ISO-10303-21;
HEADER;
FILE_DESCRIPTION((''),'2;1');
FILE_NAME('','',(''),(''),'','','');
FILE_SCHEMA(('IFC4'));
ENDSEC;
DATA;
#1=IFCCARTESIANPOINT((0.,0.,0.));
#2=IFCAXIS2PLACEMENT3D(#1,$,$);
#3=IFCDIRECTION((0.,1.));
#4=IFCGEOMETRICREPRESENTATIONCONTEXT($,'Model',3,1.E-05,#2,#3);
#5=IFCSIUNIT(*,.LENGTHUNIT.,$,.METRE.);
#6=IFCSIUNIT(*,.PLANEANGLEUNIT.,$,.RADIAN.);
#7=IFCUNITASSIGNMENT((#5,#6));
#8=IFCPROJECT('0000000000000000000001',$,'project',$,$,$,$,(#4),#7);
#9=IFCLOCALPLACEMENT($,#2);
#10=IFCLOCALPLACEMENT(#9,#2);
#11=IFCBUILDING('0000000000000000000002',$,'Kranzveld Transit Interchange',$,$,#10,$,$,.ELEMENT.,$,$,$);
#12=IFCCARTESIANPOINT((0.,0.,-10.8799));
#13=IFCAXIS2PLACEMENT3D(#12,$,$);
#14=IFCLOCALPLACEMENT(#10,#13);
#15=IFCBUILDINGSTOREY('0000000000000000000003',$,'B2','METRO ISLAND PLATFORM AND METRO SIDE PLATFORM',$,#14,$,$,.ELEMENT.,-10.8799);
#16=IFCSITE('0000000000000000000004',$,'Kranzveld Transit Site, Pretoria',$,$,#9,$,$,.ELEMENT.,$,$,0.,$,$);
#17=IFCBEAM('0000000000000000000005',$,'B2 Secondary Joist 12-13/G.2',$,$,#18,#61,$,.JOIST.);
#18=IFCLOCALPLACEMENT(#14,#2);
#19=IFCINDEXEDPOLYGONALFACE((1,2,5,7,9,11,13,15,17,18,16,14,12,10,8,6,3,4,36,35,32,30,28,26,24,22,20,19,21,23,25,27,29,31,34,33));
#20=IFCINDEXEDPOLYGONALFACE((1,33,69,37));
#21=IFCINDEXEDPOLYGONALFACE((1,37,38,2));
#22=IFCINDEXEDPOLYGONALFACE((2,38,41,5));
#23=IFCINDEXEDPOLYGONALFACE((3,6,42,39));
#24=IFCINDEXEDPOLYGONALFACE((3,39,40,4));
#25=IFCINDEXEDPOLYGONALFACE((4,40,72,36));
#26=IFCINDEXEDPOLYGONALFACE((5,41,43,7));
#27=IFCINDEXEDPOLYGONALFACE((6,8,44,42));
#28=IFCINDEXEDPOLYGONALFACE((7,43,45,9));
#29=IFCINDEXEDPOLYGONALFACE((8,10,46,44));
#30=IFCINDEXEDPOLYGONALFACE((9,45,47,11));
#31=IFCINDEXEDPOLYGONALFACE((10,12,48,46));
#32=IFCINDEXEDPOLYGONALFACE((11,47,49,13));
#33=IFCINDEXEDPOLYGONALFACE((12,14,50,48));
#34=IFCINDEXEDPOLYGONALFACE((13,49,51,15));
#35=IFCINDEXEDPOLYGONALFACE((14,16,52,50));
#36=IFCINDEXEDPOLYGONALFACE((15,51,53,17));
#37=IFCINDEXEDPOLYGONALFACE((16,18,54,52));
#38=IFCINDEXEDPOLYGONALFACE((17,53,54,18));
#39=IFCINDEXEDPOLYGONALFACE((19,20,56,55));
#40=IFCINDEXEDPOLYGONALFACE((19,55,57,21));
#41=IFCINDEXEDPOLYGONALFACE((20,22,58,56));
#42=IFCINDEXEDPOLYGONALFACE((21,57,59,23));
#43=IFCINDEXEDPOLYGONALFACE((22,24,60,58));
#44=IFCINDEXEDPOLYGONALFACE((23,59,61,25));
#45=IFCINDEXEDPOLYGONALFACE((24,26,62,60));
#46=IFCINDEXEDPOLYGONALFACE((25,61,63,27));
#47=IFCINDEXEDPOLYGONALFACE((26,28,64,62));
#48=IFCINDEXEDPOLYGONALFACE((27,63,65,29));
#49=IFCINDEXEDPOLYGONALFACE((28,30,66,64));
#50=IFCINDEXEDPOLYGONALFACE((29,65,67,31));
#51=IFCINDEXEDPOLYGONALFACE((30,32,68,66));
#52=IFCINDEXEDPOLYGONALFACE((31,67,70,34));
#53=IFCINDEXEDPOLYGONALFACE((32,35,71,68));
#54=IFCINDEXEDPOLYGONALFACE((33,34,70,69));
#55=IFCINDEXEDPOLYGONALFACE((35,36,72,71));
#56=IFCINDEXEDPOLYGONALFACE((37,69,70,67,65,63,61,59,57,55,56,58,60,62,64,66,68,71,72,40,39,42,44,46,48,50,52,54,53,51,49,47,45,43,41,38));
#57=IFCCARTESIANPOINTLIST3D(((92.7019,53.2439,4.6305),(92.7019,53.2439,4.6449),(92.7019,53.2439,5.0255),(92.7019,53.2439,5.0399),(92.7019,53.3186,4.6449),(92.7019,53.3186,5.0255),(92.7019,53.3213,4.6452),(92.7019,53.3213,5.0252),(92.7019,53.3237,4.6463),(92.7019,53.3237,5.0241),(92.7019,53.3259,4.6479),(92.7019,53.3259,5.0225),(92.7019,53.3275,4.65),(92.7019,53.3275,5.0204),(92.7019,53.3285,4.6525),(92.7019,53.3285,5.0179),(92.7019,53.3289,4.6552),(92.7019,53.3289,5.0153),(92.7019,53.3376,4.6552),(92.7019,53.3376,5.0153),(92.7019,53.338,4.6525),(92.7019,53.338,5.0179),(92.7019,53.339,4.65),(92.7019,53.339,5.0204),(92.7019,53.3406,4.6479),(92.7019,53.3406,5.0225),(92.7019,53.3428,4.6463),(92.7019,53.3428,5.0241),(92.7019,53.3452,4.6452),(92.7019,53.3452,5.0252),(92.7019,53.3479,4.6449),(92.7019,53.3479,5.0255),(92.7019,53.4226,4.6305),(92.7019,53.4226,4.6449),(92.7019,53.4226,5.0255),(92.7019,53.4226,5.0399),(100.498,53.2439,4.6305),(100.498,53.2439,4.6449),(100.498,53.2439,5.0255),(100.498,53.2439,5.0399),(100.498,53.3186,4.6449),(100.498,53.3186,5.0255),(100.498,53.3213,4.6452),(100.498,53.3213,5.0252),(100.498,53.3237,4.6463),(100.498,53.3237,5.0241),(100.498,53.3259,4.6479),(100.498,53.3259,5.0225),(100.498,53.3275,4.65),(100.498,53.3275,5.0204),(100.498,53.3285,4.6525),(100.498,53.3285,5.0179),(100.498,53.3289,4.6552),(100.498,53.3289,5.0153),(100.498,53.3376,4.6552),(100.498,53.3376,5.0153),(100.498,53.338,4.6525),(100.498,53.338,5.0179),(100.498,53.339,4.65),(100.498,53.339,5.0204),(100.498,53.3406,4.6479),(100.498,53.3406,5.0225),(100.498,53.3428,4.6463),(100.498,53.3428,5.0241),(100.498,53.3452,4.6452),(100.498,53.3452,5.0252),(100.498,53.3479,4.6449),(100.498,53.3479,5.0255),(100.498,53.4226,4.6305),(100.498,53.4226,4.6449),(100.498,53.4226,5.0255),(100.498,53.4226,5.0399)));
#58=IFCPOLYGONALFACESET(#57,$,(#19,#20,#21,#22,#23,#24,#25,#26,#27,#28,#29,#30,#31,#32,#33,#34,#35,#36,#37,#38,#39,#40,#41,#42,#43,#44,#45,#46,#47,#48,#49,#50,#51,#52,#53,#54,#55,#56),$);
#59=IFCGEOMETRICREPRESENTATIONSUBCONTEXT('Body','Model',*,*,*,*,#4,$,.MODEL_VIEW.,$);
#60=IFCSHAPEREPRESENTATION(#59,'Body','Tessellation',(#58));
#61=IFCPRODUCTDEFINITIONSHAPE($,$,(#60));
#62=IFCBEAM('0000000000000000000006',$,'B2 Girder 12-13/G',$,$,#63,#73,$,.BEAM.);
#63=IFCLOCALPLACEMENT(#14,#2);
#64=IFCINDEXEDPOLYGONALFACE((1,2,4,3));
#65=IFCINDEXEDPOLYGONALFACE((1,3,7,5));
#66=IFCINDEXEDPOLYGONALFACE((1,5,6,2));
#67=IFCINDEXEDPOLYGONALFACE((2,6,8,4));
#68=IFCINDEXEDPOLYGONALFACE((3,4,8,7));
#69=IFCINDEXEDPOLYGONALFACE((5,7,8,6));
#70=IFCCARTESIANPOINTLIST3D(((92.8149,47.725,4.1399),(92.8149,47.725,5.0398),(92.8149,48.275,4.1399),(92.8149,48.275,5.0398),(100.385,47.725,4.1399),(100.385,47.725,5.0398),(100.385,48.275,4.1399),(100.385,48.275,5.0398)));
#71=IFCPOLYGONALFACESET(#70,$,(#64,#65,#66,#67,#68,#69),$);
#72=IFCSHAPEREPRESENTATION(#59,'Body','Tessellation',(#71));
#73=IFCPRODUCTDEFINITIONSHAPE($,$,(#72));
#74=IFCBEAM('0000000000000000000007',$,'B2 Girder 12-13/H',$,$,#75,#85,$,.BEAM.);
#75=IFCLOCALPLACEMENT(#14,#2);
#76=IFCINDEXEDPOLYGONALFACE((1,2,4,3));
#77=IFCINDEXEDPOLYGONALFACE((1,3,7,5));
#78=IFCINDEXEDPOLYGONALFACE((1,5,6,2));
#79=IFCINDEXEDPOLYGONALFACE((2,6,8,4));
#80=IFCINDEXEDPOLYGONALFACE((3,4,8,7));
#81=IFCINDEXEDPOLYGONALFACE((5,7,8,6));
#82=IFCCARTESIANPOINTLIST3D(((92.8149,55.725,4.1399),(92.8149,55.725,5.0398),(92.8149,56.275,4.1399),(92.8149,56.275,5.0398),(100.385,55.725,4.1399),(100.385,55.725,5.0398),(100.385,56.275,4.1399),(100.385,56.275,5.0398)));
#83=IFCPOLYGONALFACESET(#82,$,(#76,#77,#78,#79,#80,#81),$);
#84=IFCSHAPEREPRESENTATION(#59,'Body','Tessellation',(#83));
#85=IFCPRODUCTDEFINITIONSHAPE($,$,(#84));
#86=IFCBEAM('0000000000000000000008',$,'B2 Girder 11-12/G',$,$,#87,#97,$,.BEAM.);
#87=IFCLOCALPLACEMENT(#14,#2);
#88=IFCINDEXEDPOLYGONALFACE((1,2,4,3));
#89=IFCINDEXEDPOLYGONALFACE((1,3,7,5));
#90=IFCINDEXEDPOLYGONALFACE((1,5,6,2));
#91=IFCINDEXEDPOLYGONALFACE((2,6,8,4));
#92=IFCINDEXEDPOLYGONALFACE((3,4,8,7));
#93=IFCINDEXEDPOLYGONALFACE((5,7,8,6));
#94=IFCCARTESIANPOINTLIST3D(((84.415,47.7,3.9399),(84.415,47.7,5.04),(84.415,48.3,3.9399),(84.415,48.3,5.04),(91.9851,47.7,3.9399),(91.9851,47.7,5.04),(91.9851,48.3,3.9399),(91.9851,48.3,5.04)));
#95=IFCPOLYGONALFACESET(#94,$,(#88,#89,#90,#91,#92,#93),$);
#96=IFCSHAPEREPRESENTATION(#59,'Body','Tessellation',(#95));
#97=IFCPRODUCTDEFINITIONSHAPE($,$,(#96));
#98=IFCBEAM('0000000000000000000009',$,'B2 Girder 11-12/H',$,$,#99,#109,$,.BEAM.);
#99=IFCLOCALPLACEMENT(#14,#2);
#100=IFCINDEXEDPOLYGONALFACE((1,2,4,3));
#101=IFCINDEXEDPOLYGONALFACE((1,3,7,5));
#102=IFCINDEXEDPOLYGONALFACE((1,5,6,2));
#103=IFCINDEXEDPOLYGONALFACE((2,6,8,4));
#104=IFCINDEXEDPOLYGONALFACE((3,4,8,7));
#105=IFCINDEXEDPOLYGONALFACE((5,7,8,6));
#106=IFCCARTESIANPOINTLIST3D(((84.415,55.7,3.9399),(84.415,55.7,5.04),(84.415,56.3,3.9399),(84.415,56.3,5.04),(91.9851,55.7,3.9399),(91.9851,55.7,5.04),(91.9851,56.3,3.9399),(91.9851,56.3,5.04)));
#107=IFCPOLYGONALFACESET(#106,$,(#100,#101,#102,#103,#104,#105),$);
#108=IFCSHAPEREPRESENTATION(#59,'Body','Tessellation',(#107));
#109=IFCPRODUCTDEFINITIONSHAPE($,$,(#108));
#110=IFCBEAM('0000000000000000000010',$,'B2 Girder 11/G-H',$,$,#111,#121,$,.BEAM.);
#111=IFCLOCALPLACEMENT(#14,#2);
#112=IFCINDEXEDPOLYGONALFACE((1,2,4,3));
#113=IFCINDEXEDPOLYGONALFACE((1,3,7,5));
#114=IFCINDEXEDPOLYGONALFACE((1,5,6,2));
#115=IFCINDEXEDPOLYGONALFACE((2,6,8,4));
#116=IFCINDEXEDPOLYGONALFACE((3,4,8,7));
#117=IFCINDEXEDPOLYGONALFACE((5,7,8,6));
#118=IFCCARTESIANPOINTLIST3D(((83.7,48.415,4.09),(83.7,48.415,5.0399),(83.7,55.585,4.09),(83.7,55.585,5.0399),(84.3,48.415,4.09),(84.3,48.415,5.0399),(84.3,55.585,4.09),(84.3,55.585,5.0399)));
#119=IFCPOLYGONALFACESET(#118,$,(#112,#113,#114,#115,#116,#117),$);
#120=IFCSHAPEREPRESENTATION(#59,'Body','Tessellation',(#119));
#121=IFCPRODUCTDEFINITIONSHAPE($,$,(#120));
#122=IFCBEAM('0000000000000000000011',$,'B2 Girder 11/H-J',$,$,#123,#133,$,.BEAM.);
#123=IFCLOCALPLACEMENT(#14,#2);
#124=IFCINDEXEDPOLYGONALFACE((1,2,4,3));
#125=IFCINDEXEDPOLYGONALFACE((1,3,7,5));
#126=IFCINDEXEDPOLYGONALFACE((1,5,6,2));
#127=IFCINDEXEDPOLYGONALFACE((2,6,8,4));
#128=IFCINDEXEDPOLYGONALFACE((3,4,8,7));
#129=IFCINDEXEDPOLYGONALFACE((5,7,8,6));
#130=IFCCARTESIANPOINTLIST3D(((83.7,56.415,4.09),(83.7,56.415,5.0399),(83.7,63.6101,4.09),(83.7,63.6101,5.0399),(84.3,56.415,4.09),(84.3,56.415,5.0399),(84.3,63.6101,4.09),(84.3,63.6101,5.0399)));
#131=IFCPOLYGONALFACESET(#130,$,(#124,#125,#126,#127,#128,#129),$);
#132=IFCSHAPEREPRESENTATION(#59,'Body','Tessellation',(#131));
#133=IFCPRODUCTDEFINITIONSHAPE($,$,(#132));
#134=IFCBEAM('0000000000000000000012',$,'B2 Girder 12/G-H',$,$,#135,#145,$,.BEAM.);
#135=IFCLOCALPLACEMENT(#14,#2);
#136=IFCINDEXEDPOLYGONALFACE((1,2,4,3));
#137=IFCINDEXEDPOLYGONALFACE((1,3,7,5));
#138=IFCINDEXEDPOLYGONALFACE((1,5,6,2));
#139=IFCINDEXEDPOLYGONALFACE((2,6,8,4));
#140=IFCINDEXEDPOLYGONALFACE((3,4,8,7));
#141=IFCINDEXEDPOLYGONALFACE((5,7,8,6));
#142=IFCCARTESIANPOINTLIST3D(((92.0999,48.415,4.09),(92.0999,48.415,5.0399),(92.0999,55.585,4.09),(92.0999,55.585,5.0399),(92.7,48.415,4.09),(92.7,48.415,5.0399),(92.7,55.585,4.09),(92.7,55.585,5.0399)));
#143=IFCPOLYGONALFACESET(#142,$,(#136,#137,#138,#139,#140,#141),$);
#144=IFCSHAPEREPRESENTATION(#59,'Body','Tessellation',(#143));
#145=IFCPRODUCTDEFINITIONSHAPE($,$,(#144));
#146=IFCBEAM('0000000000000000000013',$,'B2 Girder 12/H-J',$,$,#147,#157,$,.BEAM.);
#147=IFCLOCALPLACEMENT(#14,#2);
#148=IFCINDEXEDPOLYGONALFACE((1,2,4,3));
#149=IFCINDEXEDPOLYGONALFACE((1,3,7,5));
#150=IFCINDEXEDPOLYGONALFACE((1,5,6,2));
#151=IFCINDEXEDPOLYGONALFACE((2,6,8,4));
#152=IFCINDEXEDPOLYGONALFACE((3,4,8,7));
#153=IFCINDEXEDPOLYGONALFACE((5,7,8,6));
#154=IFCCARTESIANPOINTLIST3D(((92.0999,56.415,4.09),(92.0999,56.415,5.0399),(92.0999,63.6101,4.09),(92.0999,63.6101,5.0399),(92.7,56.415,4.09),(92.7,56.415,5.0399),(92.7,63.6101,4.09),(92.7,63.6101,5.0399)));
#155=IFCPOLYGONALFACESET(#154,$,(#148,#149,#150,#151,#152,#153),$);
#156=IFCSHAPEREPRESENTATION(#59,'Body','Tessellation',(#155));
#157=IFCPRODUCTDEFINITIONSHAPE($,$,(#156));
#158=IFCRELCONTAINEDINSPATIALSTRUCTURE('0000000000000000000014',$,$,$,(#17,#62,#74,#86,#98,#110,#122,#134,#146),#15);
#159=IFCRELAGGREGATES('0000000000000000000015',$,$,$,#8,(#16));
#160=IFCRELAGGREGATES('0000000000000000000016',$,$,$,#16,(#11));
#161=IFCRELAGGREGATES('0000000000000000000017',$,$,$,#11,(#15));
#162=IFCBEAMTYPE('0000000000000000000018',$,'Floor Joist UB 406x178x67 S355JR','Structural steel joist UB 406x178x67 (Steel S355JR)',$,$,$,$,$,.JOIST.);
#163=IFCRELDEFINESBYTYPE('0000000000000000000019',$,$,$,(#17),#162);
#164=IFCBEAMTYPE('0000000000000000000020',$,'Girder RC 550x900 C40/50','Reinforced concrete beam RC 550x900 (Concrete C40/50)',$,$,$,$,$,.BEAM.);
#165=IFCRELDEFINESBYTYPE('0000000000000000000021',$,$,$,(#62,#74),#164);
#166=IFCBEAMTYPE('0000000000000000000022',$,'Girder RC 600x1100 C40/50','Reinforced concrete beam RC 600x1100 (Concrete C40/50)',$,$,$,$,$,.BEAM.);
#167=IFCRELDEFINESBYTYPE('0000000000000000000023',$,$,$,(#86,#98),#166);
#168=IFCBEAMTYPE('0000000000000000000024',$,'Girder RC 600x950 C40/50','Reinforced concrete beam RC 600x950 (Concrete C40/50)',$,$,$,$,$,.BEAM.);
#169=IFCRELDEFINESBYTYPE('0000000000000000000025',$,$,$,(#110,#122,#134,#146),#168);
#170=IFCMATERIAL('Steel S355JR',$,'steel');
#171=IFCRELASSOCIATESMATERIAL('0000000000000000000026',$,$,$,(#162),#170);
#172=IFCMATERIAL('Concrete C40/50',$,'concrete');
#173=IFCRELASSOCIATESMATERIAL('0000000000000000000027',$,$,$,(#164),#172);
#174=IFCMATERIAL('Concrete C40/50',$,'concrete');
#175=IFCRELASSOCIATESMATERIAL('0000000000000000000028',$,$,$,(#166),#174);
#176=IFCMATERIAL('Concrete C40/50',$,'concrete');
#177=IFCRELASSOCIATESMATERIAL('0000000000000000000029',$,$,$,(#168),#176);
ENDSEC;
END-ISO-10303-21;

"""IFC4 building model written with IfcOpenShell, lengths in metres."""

from ifc_helpers import new_model, si_unit, direction, frame, origin, origin_2d, place, context, subcontext, project, spatial, rectangle, i_section, extrude, material, material_profile, profile_set, type_object, element, save


model = new_model("IFC4")

# Units and contexts
model_context = context("Model", 3, precision=1e-05, world=origin(), true_north=direction((0.0, 1.0)))
body_context = subcontext(model_context, "Body", "Model", "MODEL_VIEW")
ifc_project = project(units=[si_unit("LENGTHUNIT", "METRE"), si_unit("PLANEANGLEUNIT", "RADIAN")], contexts=[model_context])

# Site, building, storey
site_placement = place(None, origin())
site = spatial("IfcSite", under=ifc_project, at=site_placement, Name="Kranzveld Transit Site, Pretoria", CompositionType="ELEMENT", RefElevation=0.0)
building_placement = place(site_placement, origin())
building = spatial("IfcBuilding", under=site, at=building_placement, Name="Kranzveld Transit Interchange", CompositionType="ELEMENT")
storey_placement = place(building_placement, frame((0.0, 0.0, -10.8799)))
storey = spatial("IfcBuildingStorey", under=building, at=storey_placement, Name="B2", Description="METRO ISLAND PLATFORM AND METRO SIDE PLATFORM", CompositionType="ELEMENT", Elevation=-10.8799)

# Beams
ifc_material_1 = material(Name="Steel S355JR", Category="steel")
ifc_material_profile_1 = material_profile(ifc_material_1, i_section(OverallWidth=0.1787, OverallDepth=0.4094, WebThickness=0.0088, FlangeThickness=0.0144, FilletRadius=0.0103, at=origin_2d()), Name="UB 406x178x67")
ifc_profile_set_1 = profile_set([ifc_material_profile_1], Name="Steel S355JR")
beam_type_1 = type_object("IfcBeamType", Name="Floor Joist UB 406x178x67 S355JR", Description="Structural steel joist UB 406x178x67 (Steel S355JR)", PredefinedType="JOIST", material=ifc_profile_set_1)
for number, where, z_axis, x_axis, name in (
    (1, (92.7019, 53.3333, 4.8352), (1.0, 0.0, 0.0), (0.0, 1.0, 0.0), "B2 Secondary Joist 12-13/G.2"),
):
    element("IfcBeam", number, at=place(storey_placement, frame(where, z_axis=z_axis, x_axis=x_axis)), inside=storey, type_object=beam_type_1, Name=name, PredefinedType="JOIST", context=body_context, shape_type="SweptSolid", body=[
        extrude(i_section(OverallWidth=0.1787, OverallDepth=0.4094, WebThickness=0.0088, FlangeThickness=0.0144, FilletRadius=0.0103, at=origin_2d()), origin(), (0.0, 0.0, 1.0), 7.7961),
    ])
ifc_material_2 = material(Name="Concrete C40/50", Category="concrete")
ifc_material_profile_2 = material_profile(ifc_material_2, rectangle(XDim=0.55, YDim=0.8999, at=origin_2d()), Name="RC 550x900")
ifc_profile_set_2 = profile_set([ifc_material_profile_2], Name="Concrete C40/50")
beam_type_2 = type_object("IfcBeamType", Name="Girder RC 550x900 C40/50", Description="Reinforced concrete beam RC 550x900 (Concrete C40/50)", PredefinedType="BEAM", material=ifc_profile_set_2)
for number, where, z_axis, x_axis, name in (
    (2, (92.8149, 48.0, 4.5898), (1.0, 0.0, 0.0), (0.0, 1.0, 0.0), "B2 Girder 12-13/G"),
    (3, (92.8149, 56.0, 4.5898), (1.0, 0.0, 0.0), (0.0, 1.0, 0.0), "B2 Girder 12-13/H"),
):
    element("IfcBeam", number, at=place(storey_placement, frame(where, z_axis=z_axis, x_axis=x_axis)), inside=storey, type_object=beam_type_2, Name=name, PredefinedType="BEAM", context=body_context, shape_type="SweptSolid", body=[
        extrude(rectangle(XDim=0.55, YDim=0.8999, at=origin_2d()), origin(), (0.0, 0.0, 1.0), 7.5701),
    ])
ifc_material_3 = material(Name="Concrete C40/50", Category="concrete")
ifc_material_profile_3 = material_profile(ifc_material_3, rectangle(XDim=0.6001, YDim=1.1001, at=origin_2d()), Name="RC 600x1100")
ifc_profile_set_3 = profile_set([ifc_material_profile_3], Name="Concrete C40/50")
beam_type_3 = type_object("IfcBeamType", Name="Girder RC 600x1100 C40/50", Description="Reinforced concrete beam RC 600x1100 (Concrete C40/50)", PredefinedType="BEAM", material=ifc_profile_set_3)
for number, where, z_axis, x_axis, name in (
    (4, (84.415, 48.0, 4.49), (1.0, 0.0, 0.0), (0.0, 1.0, 0.0), "B2 Girder 11-12/G"),
    (5, (84.415, 56.0, 4.49), (1.0, 0.0, 0.0), (0.0, 1.0, 0.0), "B2 Girder 11-12/H"),
):
    element("IfcBeam", number, at=place(storey_placement, frame(where, z_axis=z_axis, x_axis=x_axis)), inside=storey, type_object=beam_type_3, Name=name, PredefinedType="BEAM", context=body_context, shape_type="SweptSolid", body=[
        extrude(rectangle(XDim=0.6001, YDim=1.1001, at=origin_2d()), origin(), (0.0, 0.0, 1.0), 7.5701),
    ])
ifc_material_4 = material(Name="Concrete C40/50", Category="concrete")
ifc_material_profile_4 = material_profile(ifc_material_4, rectangle(XDim=0.6001, YDim=0.95, at=origin_2d()), Name="RC 600x950")
ifc_profile_set_4 = profile_set([ifc_material_profile_4], Name="Concrete C40/50")
beam_type_4 = type_object("IfcBeamType", Name="Girder RC 600x950 C40/50", Description="Reinforced concrete beam RC 600x950 (Concrete C40/50)", PredefinedType="BEAM", material=ifc_profile_set_4)
beam_1_placement = place(storey_placement, frame((84.0, 48.415, 4.5649), z_axis=(0.0, 1.0, 0.0), x_axis=(-1.0, 0.0, 0.0)))
element("IfcBeam", 6, at=beam_1_placement, inside=storey, type_object=beam_type_4, Name="B2 Girder 11/G-H", PredefinedType="BEAM", context=body_context, shape_type="SweptSolid", body=[
    extrude(rectangle(XDim=0.6001, YDim=0.95, at=origin_2d()), origin(), (0.0, 0.0, 1.0), 7.1699),
])
beam_2_placement = place(storey_placement, frame((84.0, 56.415, 4.5649), z_axis=(0.0, 1.0, 0.0), x_axis=(-1.0, 0.0, 0.0)))
element("IfcBeam", 7, at=beam_2_placement, inside=storey, type_object=beam_type_4, Name="B2 Girder 11/H-J", PredefinedType="BEAM", context=body_context, shape_type="SweptSolid", body=[
    extrude(rectangle(XDim=0.6001, YDim=0.95, at=origin_2d()), origin(), (0.0, 0.0, 1.0), 7.1951),
])
beam_3_placement = place(storey_placement, frame((92.3999, 48.415, 4.5649), z_axis=(0.0, 1.0, 0.0), x_axis=(-1.0, 0.0, 0.0)))
element("IfcBeam", 8, at=beam_3_placement, inside=storey, type_object=beam_type_4, Name="B2 Girder 12/G-H", PredefinedType="BEAM", context=body_context, shape_type="SweptSolid", body=[
    extrude(rectangle(XDim=0.6001, YDim=0.95, at=origin_2d()), origin(), (0.0, 0.0, 1.0), 7.1699),
])
beam_4_placement = place(storey_placement, frame((92.3999, 56.415, 4.5649), z_axis=(0.0, 1.0, 0.0), x_axis=(-1.0, 0.0, 0.0)))
element("IfcBeam", 9, at=beam_4_placement, inside=storey, type_object=beam_type_4, Name="B2 Girder 12/H-J", PredefinedType="BEAM", context=body_context, shape_type="SweptSolid", body=[
    extrude(rectangle(XDim=0.6001, YDim=0.95, at=origin_2d()), origin(), (0.0, 0.0, 1.0), 7.1951),
])

save(model, "model.ifc")
